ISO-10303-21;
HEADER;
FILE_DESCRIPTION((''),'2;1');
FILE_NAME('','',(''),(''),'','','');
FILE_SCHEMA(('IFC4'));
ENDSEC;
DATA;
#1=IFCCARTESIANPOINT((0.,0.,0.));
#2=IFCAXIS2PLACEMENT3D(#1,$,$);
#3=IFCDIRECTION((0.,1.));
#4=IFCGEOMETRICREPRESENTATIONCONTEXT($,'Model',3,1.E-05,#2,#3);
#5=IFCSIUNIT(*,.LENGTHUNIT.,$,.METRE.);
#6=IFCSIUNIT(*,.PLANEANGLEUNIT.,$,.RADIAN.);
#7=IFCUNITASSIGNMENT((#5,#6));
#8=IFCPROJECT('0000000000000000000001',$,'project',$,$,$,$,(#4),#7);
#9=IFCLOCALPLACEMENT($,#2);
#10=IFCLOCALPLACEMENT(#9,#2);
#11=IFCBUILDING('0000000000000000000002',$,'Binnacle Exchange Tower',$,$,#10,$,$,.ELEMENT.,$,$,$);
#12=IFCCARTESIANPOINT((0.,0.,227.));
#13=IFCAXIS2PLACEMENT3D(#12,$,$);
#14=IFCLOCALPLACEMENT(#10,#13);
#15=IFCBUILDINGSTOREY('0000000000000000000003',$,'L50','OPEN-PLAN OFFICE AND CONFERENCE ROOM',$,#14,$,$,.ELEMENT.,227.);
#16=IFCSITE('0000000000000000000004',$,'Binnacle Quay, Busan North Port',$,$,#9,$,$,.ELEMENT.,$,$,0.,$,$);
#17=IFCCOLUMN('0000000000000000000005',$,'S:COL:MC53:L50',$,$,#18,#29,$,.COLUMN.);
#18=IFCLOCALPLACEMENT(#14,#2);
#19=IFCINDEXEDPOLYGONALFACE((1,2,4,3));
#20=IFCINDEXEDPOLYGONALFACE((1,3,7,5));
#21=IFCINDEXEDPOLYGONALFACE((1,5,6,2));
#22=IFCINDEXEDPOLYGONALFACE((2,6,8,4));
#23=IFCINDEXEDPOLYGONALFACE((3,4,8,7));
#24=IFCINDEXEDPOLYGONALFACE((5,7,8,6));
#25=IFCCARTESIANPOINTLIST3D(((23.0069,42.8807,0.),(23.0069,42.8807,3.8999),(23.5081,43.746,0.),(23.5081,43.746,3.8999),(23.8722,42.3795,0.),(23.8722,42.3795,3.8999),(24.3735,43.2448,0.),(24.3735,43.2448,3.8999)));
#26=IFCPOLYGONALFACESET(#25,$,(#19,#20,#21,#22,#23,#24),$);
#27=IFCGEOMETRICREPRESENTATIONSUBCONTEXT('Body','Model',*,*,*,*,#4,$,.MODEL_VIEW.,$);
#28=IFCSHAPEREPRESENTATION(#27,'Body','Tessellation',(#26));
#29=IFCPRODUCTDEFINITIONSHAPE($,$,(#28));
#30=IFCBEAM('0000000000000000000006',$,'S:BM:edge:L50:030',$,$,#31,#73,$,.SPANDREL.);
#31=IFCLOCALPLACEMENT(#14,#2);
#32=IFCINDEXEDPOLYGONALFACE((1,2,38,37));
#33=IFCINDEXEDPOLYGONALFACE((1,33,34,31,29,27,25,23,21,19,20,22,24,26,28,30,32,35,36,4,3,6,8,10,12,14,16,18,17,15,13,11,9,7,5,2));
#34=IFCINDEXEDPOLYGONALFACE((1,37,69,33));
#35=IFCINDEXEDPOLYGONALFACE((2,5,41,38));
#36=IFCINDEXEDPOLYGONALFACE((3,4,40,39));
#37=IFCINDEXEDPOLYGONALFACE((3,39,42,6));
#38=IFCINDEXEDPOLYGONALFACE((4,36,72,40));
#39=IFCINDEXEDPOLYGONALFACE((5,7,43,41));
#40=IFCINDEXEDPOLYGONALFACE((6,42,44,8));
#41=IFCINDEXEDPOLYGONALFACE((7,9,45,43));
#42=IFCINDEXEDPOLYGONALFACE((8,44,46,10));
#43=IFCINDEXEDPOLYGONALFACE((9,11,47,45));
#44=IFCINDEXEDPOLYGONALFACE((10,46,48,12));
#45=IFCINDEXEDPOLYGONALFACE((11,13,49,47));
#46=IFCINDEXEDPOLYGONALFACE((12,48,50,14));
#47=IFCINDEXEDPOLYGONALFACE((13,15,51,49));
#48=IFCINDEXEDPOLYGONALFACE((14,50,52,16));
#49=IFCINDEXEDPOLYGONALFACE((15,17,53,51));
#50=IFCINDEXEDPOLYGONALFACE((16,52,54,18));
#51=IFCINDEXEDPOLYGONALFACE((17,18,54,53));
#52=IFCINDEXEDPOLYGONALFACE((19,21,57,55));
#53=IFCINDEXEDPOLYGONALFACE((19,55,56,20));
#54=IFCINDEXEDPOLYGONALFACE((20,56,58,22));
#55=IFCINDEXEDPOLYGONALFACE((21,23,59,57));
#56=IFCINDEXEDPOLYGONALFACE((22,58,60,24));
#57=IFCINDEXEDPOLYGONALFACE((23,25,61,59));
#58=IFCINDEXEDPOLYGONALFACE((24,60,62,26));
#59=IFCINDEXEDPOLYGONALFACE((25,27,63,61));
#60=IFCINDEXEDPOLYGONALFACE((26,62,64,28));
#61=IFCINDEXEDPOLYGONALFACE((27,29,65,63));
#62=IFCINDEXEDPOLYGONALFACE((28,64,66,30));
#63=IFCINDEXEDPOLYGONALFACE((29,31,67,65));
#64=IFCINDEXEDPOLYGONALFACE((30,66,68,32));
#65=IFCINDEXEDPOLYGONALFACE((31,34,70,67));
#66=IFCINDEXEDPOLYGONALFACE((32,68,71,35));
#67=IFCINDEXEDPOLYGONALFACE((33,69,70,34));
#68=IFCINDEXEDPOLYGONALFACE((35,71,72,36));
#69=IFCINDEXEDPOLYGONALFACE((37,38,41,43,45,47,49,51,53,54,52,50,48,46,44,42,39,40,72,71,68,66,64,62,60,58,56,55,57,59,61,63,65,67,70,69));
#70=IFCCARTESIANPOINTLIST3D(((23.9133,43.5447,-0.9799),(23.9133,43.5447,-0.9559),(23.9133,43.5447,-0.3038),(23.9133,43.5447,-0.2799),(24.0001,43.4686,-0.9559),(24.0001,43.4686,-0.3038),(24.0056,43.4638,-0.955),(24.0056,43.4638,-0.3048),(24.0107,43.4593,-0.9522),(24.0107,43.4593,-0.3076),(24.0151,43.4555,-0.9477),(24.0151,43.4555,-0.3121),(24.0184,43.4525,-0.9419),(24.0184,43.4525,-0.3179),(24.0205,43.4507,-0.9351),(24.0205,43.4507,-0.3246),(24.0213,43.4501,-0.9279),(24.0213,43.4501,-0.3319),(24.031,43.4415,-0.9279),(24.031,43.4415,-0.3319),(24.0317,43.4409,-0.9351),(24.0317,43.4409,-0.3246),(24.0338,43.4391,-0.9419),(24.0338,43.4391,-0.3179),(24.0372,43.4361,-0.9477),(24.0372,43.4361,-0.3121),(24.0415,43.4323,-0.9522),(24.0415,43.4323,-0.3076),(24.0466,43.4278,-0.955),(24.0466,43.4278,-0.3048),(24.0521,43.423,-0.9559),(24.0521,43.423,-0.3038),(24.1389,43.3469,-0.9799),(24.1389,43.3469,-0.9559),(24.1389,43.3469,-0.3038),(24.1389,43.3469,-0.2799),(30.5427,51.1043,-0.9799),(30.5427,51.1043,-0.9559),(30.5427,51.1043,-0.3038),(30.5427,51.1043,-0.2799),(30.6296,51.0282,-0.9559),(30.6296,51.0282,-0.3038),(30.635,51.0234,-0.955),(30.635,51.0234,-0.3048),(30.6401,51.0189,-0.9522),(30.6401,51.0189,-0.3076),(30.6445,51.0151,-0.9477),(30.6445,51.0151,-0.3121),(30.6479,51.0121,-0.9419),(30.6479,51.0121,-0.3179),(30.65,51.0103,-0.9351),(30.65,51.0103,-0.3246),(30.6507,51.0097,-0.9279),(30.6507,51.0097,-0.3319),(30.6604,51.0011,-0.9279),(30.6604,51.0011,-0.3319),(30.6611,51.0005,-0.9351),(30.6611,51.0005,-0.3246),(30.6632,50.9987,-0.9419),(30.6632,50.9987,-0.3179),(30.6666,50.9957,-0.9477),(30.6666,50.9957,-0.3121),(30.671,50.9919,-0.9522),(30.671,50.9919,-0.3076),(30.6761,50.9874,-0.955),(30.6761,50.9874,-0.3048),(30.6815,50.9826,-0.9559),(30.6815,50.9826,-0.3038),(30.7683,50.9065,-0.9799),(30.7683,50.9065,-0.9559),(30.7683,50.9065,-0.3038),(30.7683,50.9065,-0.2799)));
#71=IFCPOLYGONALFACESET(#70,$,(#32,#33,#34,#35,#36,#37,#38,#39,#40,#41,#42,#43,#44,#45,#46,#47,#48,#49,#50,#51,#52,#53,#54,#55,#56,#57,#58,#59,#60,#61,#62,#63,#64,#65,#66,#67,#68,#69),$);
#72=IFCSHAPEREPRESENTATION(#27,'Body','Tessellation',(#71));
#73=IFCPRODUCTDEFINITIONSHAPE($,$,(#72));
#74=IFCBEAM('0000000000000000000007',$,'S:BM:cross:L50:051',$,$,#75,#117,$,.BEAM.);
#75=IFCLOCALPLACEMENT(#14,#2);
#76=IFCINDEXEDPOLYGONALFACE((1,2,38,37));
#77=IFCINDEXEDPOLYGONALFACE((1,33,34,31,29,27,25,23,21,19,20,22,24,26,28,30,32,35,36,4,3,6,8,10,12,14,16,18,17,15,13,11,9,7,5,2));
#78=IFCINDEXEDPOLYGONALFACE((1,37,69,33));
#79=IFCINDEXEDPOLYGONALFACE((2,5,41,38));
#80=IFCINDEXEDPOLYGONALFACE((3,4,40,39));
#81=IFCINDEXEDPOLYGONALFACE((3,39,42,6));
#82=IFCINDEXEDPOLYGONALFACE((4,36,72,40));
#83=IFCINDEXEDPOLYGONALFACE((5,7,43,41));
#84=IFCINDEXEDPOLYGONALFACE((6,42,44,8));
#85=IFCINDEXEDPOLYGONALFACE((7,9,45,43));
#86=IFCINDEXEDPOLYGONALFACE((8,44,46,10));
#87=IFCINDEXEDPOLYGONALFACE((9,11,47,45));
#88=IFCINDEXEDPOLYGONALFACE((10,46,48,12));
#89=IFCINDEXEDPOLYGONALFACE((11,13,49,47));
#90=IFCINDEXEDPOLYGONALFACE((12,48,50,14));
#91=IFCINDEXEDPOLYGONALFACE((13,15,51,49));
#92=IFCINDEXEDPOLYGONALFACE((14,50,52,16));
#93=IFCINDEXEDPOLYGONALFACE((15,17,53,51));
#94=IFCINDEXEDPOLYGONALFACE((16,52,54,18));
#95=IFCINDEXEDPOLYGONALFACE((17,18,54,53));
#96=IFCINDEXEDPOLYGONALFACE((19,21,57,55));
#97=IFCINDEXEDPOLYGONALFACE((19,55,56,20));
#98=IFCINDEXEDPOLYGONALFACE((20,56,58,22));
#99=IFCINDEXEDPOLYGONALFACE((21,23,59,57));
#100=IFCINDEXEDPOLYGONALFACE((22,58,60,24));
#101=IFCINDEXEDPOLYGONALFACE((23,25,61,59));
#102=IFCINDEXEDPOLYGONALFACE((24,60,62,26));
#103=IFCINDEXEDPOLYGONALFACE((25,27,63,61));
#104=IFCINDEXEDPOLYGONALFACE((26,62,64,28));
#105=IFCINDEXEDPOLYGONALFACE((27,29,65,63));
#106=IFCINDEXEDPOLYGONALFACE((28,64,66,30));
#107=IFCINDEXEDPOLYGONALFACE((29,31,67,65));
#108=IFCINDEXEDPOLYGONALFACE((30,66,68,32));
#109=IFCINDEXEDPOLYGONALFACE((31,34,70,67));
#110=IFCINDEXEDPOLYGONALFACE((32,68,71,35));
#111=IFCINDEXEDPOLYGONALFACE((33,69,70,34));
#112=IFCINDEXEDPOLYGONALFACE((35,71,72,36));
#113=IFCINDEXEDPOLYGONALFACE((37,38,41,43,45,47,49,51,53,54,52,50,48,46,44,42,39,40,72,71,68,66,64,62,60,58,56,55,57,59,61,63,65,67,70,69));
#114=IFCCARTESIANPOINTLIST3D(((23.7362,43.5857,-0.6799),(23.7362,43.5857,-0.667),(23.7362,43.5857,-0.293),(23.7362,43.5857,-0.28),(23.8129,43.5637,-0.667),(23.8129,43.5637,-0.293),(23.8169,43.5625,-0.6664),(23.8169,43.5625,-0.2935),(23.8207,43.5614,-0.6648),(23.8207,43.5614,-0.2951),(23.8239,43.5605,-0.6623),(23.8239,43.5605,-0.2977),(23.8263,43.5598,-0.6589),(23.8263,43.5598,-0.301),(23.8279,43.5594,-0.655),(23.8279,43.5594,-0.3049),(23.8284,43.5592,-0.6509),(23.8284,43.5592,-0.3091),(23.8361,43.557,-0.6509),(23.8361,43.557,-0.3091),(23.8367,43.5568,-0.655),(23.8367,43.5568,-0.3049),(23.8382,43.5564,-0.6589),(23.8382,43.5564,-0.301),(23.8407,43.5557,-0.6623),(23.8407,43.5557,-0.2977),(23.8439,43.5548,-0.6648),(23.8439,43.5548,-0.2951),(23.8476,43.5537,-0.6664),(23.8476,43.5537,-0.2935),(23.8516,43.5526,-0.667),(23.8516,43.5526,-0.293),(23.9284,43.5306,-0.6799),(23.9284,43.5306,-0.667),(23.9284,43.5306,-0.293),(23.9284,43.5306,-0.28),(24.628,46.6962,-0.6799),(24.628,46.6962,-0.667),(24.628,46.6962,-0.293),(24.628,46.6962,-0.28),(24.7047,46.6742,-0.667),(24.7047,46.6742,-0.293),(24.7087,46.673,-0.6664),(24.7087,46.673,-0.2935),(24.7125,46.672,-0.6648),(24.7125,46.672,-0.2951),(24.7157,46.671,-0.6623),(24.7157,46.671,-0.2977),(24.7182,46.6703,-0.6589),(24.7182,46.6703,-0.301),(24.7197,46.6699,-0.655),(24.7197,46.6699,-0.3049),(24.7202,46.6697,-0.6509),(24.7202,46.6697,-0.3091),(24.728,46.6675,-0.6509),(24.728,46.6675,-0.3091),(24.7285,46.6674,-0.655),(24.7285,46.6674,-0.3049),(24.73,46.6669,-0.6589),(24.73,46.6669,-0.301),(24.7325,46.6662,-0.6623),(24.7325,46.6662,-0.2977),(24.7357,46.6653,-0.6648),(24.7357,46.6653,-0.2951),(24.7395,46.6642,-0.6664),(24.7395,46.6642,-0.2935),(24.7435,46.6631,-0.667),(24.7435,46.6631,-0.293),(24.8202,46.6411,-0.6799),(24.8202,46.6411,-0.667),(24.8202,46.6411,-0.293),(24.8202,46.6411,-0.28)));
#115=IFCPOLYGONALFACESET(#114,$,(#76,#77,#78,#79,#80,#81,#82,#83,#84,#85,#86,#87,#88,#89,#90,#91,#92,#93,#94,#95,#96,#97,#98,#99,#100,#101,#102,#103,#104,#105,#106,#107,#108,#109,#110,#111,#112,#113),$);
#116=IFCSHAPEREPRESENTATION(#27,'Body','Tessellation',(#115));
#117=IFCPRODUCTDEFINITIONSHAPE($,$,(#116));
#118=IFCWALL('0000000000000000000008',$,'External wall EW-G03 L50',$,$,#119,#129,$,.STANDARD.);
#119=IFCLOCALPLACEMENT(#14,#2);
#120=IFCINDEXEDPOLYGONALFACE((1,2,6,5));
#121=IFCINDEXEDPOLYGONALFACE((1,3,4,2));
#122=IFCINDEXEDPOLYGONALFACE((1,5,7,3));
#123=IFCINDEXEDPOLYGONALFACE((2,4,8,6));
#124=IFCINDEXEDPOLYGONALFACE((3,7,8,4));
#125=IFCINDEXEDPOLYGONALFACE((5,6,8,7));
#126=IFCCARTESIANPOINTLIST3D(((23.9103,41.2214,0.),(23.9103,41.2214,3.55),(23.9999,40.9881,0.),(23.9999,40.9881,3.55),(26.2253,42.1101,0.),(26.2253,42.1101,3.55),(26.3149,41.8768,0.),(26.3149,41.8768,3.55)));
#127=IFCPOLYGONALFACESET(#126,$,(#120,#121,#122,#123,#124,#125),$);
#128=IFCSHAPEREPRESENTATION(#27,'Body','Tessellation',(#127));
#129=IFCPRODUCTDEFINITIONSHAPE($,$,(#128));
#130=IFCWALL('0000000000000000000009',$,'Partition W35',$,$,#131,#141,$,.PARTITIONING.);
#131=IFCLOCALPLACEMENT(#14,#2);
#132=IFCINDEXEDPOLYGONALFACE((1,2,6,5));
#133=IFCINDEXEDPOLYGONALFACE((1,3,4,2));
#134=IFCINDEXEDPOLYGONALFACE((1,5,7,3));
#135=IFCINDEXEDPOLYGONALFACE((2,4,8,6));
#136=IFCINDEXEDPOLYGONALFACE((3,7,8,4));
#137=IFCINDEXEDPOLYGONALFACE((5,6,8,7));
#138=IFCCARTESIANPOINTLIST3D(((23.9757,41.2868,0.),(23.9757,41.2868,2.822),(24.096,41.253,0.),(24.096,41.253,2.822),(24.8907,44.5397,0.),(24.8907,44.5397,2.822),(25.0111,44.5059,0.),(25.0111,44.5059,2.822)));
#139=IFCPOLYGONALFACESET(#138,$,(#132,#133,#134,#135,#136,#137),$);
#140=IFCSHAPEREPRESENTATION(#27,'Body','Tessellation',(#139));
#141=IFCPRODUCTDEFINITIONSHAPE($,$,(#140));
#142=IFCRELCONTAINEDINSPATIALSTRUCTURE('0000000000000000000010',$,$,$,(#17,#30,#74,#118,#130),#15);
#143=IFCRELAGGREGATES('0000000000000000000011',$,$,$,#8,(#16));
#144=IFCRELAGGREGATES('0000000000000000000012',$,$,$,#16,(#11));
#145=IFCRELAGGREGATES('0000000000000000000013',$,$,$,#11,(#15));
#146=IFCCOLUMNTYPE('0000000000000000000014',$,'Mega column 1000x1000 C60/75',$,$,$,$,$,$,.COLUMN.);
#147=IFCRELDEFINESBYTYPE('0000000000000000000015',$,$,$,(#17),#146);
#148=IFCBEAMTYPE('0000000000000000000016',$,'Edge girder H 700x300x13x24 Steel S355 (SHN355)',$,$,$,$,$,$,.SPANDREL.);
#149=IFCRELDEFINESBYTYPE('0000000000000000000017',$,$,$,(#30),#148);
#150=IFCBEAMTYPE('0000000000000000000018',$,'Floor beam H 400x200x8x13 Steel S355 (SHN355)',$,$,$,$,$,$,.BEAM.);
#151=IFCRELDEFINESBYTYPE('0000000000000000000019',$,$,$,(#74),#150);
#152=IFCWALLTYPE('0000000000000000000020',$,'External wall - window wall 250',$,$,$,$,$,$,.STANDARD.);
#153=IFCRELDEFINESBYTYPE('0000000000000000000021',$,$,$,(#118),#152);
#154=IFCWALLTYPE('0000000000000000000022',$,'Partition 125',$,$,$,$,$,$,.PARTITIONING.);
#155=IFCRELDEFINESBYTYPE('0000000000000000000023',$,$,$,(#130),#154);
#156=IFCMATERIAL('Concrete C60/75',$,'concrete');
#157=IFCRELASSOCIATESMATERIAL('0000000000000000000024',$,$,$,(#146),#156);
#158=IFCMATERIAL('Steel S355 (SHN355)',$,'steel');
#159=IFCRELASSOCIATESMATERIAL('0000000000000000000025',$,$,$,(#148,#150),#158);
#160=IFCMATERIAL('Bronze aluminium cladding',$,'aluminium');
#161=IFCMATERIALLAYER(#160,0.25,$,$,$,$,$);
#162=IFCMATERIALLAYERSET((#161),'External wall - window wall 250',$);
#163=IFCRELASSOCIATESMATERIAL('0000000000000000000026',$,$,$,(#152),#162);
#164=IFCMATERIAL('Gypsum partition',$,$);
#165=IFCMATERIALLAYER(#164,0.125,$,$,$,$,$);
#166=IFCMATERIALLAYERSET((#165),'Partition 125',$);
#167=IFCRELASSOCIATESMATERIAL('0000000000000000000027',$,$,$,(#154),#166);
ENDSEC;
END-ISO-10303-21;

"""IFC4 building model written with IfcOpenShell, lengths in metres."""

from ifc_helpers import new_model, si_unit, direction, frame, frame_2d, origin, origin_2d, place, context, subcontext, project, spatial, rectangle, i_section, extrude, material, layer, layer_set, material_profile, profile_set, type_object, element, save


model = new_model("IFC4")

# Units and contexts
model_context = context("Model", 3, precision=1e-05, world=origin(), true_north=direction((0.0, 1.0)))
body_context = subcontext(model_context, "Body", "Model", "MODEL_VIEW")
ifc_project = project(units=[si_unit("LENGTHUNIT", "METRE"), si_unit("PLANEANGLEUNIT", "RADIAN")], contexts=[model_context])

# Site, building, storey
site_placement = place(None, origin())
site = spatial("IfcSite", under=ifc_project, at=site_placement, Name="Binnacle Quay, Busan North Port", CompositionType="ELEMENT", RefElevation=0.0)
building_placement = place(site_placement, origin())
building = spatial("IfcBuilding", under=site, at=building_placement, Name="Binnacle Exchange Tower", CompositionType="ELEMENT")
storey_placement = place(building_placement, frame((0.0, 0.0, 227.0)))
storey = spatial("IfcBuildingStorey", under=building, at=storey_placement, Name="L50", Description="OPEN-PLAN OFFICE AND CONFERENCE ROOM", CompositionType="ELEMENT", Elevation=227.0)

# Column
ifc_material_1 = material(Name="Concrete C60/75", Category="concrete")
ifc_material_profile_1 = material_profile(ifc_material_1, rectangle(XDim=1.0, YDim=1.0, at=origin_2d()), Name="Mega column 1000x1000 C60/75")
ifc_profile_set_1 = profile_set([ifc_material_profile_1], Name="Concrete C60/75")
column_type = type_object("IfcColumnType", Name="Mega column 1000x1000 C60/75", PredefinedType="COLUMN", material=ifc_profile_set_1)
column_placement = place(storey_placement, frame((23.6902, 43.0627, 0.0), z_axis=(0.0, 0.0, 1.0), x_axis=(-0.865326, 0.501209, 0.0)))
element("IfcColumn", 1, at=column_placement, inside=storey, type_object=column_type, Name="S:COL:MC53:L50", PredefinedType="COLUMN", context=body_context, shape_type="SweptSolid", body=[
    extrude(rectangle(XDim=1.0, YDim=1.0, at=origin_2d()), origin(), (0.0, 0.0, 1.0), 3.8999),
])

# Beams
ifc_material_2 = material(Name="Steel S355 (SHN355)", Category="steel")
ifc_material_profile_2 = material_profile(ifc_material_2, i_section(OverallWidth=0.3, OverallDepth=0.7, WebThickness=0.0129, FlangeThickness=0.0239, FilletRadius=0.0281, at=origin_2d()), Name="H 700x300x13x24")
ifc_profile_set_2 = profile_set([ifc_material_profile_2], Name="Steel S355 (SHN355)")
beam_type_1 = type_object("IfcBeamType", Name="Edge girder H 700x300x13x24 Steel S355 (SHN355)", PredefinedType="SPANDREL", material=ifc_profile_set_2)
beam_1_placement = place(storey_placement, frame((24.0261, 43.4458, -0.6299), z_axis=(0.659336, 0.751848, 0.0), x_axis=(-0.751848, 0.659336, 0.0)))
element("IfcBeam", 2, at=beam_1_placement, inside=storey, type_object=beam_type_1, Name="S:BM:edge:L50:030", PredefinedType="SPANDREL", context=body_context, shape_type="SweptSolid", body=[
    extrude(i_section(OverallWidth=0.3, OverallDepth=0.7, WebThickness=0.0129, FlangeThickness=0.0239, FilletRadius=0.0281, at=origin_2d()), origin(), (0.0, 0.0, 1.0), 10.0547),
])
ifc_material_profile_3 = material_profile(ifc_material_2, i_section(OverallWidth=0.2, OverallDepth=0.3999, WebThickness=0.0081, FlangeThickness=0.0129, FilletRadius=0.0161, at=origin_2d()), Name="H 400x200x8x13")
ifc_profile_set_3 = profile_set([ifc_material_profile_3], Name="Steel S355 (SHN355)")
beam_type_2 = type_object("IfcBeamType", Name="Floor beam H 400x200x8x13 Steel S355 (SHN355)", PredefinedType="BEAM", material=ifc_profile_set_3)
beam_2_placement = place(storey_placement, frame((23.8323, 43.5581, -0.48), z_axis=(0.275608, 0.96127, 0.0), x_axis=(-0.96127, 0.275608, 0.0)))
element("IfcBeam", 3, at=beam_2_placement, inside=storey, type_object=beam_type_2, Name="S:BM:cross:L50:051", PredefinedType="BEAM", context=body_context, shape_type="SweptSolid", body=[
    extrude(i_section(OverallWidth=0.2, OverallDepth=0.3999, WebThickness=0.0081, FlangeThickness=0.0129, FilletRadius=0.0161, at=origin_2d()), origin(), (0.0, 0.0, 1.0), 3.2358),
])

# Shared definitions
ifc_material_3 = material(Name="Bronze aluminium cladding", Category="aluminium")
ifc_layer_1 = layer(ifc_material_3, 0.25)
ifc_layer_set_1 = layer_set([ifc_layer_1], Name="External wall - window wall 250")
wall_type_1 = type_object("IfcWallType", Name="External wall - window wall 250", PredefinedType="STANDARD", material=ifc_layer_set_1)

# Walls
wall_1_placement = place(storey_placement, frame((26.27, 41.9934, 0.0), z_axis=(0.0, 0.0, 1.0), x_axis=(-0.933574, -0.358385, 0.0)))
element("IfcWall", 4, at=wall_1_placement, inside=storey, type_object=wall_type_1, Name="External wall EW-G03 L50", PredefinedType="STANDARD", context=body_context, shape_type="SweptSolid", body=[
    extrude(rectangle(XDim=2.4797, YDim=0.25, at=frame_2d((1.2397, 0.0))), origin(), (0.0, 0.0, 1.0), 3.55),
])
ifc_material_4 = material(Name="Gypsum partition")
ifc_layer_2 = layer(ifc_material_4, 0.125)
ifc_layer_set_2 = layer_set([ifc_layer_2], Name="Partition 125")
wall_type_2 = type_object("IfcWallType", Name="Partition 125", PredefinedType="PARTITIONING", material=ifc_layer_set_2)
wall_2_placement = place(storey_placement, frame((24.0359, 41.27, 0.0), z_axis=(0.0, 0.0, 1.0), x_axis=(0.270787, 0.962639, 0.0)))
element("IfcWall", 5, at=wall_2_placement, inside=storey, type_object=wall_type_2, Name="Partition W35", PredefinedType="PARTITIONING", context=body_context, shape_type="SweptSolid", body=[
    extrude(rectangle(XDim=3.3792, YDim=0.125, at=frame_2d((1.6895, 0.0))), origin(), (0.0, 0.0, 1.0), 2.822),
])

save(model, "model.ifc")
